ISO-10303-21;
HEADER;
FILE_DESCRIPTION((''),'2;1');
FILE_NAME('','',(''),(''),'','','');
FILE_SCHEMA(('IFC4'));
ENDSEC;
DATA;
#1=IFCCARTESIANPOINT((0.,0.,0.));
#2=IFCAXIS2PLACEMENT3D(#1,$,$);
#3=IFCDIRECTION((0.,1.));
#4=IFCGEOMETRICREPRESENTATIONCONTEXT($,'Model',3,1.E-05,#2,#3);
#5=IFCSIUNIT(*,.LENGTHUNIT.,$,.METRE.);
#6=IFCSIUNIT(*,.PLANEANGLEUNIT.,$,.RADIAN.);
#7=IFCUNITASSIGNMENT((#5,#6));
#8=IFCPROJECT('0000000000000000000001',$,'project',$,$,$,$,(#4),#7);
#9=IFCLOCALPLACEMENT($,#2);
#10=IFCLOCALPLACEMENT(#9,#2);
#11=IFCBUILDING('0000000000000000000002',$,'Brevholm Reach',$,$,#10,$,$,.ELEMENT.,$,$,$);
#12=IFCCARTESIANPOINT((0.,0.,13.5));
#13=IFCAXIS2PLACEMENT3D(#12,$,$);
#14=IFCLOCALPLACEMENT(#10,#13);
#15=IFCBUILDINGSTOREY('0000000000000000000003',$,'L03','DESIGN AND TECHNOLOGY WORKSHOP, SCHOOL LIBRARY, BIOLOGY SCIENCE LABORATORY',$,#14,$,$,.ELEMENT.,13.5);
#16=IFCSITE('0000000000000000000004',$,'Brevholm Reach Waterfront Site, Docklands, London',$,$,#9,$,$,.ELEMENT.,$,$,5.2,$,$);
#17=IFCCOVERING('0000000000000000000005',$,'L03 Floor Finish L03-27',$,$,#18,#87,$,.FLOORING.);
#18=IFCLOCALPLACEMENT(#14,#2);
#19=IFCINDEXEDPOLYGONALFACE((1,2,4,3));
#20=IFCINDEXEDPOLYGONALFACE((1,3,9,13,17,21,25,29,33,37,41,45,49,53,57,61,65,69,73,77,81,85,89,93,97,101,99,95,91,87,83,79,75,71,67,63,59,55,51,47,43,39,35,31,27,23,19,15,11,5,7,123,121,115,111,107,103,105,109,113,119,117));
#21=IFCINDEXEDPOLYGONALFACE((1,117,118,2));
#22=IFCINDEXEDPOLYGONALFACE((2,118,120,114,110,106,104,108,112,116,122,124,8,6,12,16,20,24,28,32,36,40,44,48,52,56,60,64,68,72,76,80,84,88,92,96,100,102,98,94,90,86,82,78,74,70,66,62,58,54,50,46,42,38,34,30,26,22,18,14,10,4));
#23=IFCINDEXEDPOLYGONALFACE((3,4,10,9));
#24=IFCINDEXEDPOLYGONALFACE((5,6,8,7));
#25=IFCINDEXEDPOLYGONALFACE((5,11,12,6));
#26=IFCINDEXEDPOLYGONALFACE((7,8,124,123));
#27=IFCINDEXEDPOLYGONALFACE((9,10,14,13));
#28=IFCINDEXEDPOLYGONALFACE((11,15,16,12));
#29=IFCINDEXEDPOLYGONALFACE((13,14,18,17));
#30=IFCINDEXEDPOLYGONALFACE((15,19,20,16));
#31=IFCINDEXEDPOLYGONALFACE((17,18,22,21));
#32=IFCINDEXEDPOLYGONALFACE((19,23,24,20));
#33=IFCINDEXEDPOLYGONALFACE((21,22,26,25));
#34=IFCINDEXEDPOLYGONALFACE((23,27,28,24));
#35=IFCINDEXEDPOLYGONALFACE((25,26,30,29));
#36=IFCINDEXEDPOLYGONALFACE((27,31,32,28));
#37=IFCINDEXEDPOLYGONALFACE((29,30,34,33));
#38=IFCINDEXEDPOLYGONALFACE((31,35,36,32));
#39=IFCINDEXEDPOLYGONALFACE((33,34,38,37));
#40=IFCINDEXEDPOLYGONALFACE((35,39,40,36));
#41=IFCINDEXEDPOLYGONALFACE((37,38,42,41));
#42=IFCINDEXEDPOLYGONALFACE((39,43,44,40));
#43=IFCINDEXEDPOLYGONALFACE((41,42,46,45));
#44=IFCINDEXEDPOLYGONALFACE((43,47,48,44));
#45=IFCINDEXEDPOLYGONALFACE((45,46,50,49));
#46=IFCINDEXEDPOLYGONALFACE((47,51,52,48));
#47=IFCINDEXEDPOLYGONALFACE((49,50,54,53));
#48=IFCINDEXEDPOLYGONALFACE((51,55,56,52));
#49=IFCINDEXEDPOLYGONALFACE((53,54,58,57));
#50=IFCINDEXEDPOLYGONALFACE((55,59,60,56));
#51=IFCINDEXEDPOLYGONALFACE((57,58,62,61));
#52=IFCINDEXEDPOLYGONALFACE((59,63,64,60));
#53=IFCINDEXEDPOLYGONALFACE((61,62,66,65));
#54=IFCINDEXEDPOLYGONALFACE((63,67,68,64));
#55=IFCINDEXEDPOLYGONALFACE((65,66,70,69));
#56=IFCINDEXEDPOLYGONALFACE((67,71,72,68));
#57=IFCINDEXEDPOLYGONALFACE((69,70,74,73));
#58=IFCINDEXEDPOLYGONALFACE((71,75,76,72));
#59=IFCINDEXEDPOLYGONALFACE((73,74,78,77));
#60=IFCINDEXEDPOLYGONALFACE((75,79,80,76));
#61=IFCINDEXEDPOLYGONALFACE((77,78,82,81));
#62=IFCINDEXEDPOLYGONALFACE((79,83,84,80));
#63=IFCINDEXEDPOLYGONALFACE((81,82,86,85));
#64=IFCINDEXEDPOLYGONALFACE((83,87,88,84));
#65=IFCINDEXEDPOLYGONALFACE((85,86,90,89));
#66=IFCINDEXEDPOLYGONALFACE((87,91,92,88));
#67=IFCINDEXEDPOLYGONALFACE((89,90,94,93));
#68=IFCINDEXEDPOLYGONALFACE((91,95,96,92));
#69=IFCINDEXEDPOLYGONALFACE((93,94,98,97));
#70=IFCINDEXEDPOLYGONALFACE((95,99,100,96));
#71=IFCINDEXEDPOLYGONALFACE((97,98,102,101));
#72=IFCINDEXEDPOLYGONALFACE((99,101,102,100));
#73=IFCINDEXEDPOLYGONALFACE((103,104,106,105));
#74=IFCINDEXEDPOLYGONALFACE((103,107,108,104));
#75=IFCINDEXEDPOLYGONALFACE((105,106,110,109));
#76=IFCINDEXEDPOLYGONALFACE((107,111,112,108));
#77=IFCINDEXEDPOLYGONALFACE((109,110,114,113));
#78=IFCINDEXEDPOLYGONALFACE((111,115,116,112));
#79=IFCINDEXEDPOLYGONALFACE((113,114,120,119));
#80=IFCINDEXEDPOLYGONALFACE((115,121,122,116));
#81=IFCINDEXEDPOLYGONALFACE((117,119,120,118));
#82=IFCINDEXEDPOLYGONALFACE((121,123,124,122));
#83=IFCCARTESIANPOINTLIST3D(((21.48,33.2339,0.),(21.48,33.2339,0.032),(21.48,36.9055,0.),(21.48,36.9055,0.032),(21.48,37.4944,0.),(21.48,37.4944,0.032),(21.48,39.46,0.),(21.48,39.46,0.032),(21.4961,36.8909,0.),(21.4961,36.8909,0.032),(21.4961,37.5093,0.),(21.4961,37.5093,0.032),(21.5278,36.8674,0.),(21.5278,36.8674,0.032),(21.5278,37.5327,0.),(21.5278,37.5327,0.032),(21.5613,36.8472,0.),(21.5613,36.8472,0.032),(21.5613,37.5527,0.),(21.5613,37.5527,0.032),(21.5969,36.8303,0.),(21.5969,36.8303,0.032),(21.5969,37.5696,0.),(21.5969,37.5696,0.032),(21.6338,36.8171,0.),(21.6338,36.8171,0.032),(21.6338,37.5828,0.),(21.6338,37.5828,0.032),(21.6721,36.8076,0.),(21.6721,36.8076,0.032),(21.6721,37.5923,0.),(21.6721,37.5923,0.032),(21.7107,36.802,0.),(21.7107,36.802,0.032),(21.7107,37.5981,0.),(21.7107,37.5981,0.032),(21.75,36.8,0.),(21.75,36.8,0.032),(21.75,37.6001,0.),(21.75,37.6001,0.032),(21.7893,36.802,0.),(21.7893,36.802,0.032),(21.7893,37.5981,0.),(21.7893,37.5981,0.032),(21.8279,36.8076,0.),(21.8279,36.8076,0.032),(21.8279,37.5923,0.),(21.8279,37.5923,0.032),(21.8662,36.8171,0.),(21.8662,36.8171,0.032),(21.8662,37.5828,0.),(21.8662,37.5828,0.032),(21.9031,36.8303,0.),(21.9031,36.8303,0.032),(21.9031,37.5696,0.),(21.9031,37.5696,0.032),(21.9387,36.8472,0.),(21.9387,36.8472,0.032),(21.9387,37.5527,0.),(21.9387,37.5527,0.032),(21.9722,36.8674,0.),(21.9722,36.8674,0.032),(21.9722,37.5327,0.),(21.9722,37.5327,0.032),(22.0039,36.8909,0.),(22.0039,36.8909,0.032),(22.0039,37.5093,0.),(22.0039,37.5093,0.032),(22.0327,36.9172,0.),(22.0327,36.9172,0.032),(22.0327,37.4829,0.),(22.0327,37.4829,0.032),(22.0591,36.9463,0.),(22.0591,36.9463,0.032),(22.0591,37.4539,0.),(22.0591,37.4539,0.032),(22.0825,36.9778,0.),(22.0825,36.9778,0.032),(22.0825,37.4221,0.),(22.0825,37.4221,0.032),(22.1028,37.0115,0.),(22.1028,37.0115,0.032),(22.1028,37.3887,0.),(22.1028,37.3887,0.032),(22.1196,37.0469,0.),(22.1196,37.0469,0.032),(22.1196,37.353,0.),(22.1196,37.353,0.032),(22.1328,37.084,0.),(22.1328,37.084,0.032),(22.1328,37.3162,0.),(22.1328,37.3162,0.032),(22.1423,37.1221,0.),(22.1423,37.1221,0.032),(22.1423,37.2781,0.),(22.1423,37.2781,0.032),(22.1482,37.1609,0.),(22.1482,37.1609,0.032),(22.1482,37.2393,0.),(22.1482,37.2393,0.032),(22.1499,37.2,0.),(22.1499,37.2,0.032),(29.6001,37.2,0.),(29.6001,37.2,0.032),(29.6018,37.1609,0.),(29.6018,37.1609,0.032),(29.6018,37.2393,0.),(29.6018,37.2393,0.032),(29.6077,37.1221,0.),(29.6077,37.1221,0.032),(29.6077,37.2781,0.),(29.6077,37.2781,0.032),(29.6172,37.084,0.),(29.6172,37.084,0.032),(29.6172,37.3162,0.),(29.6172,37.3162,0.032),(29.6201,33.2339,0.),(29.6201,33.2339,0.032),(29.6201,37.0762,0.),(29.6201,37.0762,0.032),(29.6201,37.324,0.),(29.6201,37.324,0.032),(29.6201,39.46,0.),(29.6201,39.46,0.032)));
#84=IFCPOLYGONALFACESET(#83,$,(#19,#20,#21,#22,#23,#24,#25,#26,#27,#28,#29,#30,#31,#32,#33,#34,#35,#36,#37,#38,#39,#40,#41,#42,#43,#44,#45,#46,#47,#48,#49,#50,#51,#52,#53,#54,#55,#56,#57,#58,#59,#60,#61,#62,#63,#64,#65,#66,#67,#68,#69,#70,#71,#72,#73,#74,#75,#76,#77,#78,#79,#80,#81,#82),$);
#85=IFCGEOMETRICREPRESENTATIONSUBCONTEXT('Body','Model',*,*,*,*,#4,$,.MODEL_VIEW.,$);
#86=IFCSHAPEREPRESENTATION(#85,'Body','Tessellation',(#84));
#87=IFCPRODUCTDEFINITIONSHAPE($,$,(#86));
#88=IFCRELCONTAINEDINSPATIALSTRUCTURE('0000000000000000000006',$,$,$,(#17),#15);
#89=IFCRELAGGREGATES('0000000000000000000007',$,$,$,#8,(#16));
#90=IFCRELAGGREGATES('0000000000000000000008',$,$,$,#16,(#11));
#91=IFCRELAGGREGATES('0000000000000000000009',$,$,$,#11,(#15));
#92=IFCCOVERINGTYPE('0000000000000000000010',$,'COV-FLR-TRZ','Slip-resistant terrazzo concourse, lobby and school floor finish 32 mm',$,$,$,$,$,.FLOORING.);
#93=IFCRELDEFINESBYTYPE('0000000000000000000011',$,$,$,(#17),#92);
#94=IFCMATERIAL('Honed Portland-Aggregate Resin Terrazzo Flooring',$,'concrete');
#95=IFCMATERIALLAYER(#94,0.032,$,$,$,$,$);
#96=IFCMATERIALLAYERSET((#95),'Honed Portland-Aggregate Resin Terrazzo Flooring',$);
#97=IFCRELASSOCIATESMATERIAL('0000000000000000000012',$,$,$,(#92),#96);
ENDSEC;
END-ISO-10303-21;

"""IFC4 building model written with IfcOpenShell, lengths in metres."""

from ifc_helpers import new_model, si_unit, direction, frame, origin, place, context, subcontext, project, spatial, polyline, outline, extrude, material, layer, layer_set, type_object, element, save


model = new_model("IFC4")

# Units and contexts
model_context = context("Model", 3, precision=1e-05, world=origin(), true_north=direction((0.0, 1.0)))
body_context = subcontext(model_context, "Body", "Model", "MODEL_VIEW")
ifc_project = project(units=[si_unit("LENGTHUNIT", "METRE"), si_unit("PLANEANGLEUNIT", "RADIAN")], contexts=[model_context])

# Site, building, storey
site_placement = place(None, origin())
site = spatial("IfcSite", under=ifc_project, at=site_placement, Name="Brevholm Reach Waterfront Site, Docklands, London", CompositionType="ELEMENT", RefElevation=5.2)
building_placement = place(site_placement, origin())
building = spatial("IfcBuilding", under=site, at=building_placement, Name="Brevholm Reach", CompositionType="ELEMENT")
storey_placement = place(building_placement, frame((0.0, 0.0, 13.5)))
storey = spatial("IfcBuildingStorey", under=building, at=storey_placement, Name="L03", Description="DESIGN AND TECHNOLOGY WORKSHOP, SCHOOL LIBRARY, BIOLOGY SCIENCE LABORATORY", CompositionType="ELEMENT", Elevation=13.5)

# Covering
ifc_material_1 = material(Name="Honed Portland-Aggregate Resin Terrazzo Flooring", Category="concrete")
ifc_layer_1 = layer(ifc_material_1, 0.032)
ifc_layer_set_1 = layer_set([ifc_layer_1], Name="Honed Portland-Aggregate Resin Terrazzo Flooring")
covering_type_1 = type_object("IfcCoveringType", Name="COV-FLR-TRZ", Description="Slip-resistant terrazzo concourse, lobby and school floor finish 32 mm", PredefinedType="FLOORING", material=ifc_layer_set_1)
covering_1_placement = place(storey_placement, origin())
element("IfcCovering", 1, at=covering_1_placement, inside=storey, type_object=covering_type_1, Name="L03 Floor Finish L03-27", PredefinedType="FLOORING", context=body_context, shape_type="SweptSolid", body=[
    extrude(outline(polyline([(21.48, 36.9055), (21.4961, 36.8909), (21.5278, 36.8674), (21.5613, 36.8472), (21.5969, 36.8303), (21.6338, 36.8171), (21.6721, 36.8076), (21.7107, 36.802), (21.75, 36.8), (21.7893, 36.802), (21.8279, 36.8076), (21.8662, 36.8171), (21.9031, 36.8303), (21.9387, 36.8472), (21.9722, 36.8674), (22.0039, 36.8909), (22.0327, 36.9172), (22.0591, 36.9463), (22.0825, 36.9778), (22.1028, 37.0115), (22.1196, 37.0469), (22.1328, 37.084), (22.1423, 37.1221), (22.1482, 37.1609), (22.1499, 37.2), (22.1482, 37.2393), (22.1423, 37.2781), (22.1328, 37.3162), (22.1196, 37.353), (22.1028, 37.3887), (22.0825, 37.4221), (22.0591, 37.4539), (22.0327, 37.4829), (22.0039, 37.5093), (21.9722, 37.5327), (21.9387, 37.5527), (21.9031, 37.5696), (21.8662, 37.5828), (21.8279, 37.5923), (21.7893, 37.5981), (21.75, 37.6001), (21.7107, 37.5981), (21.6721, 37.5923), (21.6338, 37.5828), (21.5969, 37.5696), (21.5613, 37.5527), (21.5278, 37.5327), (21.4961, 37.5093), (21.48, 37.4944), (21.48, 39.46), (29.6201, 39.46), (29.6201, 37.324), (29.6172, 37.3162), (29.6077, 37.2781), (29.6018, 37.2393), (29.6001, 37.2), (29.6018, 37.1609), (29.6077, 37.1221), (29.6172, 37.084), (29.6201, 37.0762), (29.6201, 33.2339), (21.48, 33.2339), (21.48, 36.9055)])), origin(), (0.0, 0.0, 1.0), 0.032),
])

save(model, "model.ifc")
